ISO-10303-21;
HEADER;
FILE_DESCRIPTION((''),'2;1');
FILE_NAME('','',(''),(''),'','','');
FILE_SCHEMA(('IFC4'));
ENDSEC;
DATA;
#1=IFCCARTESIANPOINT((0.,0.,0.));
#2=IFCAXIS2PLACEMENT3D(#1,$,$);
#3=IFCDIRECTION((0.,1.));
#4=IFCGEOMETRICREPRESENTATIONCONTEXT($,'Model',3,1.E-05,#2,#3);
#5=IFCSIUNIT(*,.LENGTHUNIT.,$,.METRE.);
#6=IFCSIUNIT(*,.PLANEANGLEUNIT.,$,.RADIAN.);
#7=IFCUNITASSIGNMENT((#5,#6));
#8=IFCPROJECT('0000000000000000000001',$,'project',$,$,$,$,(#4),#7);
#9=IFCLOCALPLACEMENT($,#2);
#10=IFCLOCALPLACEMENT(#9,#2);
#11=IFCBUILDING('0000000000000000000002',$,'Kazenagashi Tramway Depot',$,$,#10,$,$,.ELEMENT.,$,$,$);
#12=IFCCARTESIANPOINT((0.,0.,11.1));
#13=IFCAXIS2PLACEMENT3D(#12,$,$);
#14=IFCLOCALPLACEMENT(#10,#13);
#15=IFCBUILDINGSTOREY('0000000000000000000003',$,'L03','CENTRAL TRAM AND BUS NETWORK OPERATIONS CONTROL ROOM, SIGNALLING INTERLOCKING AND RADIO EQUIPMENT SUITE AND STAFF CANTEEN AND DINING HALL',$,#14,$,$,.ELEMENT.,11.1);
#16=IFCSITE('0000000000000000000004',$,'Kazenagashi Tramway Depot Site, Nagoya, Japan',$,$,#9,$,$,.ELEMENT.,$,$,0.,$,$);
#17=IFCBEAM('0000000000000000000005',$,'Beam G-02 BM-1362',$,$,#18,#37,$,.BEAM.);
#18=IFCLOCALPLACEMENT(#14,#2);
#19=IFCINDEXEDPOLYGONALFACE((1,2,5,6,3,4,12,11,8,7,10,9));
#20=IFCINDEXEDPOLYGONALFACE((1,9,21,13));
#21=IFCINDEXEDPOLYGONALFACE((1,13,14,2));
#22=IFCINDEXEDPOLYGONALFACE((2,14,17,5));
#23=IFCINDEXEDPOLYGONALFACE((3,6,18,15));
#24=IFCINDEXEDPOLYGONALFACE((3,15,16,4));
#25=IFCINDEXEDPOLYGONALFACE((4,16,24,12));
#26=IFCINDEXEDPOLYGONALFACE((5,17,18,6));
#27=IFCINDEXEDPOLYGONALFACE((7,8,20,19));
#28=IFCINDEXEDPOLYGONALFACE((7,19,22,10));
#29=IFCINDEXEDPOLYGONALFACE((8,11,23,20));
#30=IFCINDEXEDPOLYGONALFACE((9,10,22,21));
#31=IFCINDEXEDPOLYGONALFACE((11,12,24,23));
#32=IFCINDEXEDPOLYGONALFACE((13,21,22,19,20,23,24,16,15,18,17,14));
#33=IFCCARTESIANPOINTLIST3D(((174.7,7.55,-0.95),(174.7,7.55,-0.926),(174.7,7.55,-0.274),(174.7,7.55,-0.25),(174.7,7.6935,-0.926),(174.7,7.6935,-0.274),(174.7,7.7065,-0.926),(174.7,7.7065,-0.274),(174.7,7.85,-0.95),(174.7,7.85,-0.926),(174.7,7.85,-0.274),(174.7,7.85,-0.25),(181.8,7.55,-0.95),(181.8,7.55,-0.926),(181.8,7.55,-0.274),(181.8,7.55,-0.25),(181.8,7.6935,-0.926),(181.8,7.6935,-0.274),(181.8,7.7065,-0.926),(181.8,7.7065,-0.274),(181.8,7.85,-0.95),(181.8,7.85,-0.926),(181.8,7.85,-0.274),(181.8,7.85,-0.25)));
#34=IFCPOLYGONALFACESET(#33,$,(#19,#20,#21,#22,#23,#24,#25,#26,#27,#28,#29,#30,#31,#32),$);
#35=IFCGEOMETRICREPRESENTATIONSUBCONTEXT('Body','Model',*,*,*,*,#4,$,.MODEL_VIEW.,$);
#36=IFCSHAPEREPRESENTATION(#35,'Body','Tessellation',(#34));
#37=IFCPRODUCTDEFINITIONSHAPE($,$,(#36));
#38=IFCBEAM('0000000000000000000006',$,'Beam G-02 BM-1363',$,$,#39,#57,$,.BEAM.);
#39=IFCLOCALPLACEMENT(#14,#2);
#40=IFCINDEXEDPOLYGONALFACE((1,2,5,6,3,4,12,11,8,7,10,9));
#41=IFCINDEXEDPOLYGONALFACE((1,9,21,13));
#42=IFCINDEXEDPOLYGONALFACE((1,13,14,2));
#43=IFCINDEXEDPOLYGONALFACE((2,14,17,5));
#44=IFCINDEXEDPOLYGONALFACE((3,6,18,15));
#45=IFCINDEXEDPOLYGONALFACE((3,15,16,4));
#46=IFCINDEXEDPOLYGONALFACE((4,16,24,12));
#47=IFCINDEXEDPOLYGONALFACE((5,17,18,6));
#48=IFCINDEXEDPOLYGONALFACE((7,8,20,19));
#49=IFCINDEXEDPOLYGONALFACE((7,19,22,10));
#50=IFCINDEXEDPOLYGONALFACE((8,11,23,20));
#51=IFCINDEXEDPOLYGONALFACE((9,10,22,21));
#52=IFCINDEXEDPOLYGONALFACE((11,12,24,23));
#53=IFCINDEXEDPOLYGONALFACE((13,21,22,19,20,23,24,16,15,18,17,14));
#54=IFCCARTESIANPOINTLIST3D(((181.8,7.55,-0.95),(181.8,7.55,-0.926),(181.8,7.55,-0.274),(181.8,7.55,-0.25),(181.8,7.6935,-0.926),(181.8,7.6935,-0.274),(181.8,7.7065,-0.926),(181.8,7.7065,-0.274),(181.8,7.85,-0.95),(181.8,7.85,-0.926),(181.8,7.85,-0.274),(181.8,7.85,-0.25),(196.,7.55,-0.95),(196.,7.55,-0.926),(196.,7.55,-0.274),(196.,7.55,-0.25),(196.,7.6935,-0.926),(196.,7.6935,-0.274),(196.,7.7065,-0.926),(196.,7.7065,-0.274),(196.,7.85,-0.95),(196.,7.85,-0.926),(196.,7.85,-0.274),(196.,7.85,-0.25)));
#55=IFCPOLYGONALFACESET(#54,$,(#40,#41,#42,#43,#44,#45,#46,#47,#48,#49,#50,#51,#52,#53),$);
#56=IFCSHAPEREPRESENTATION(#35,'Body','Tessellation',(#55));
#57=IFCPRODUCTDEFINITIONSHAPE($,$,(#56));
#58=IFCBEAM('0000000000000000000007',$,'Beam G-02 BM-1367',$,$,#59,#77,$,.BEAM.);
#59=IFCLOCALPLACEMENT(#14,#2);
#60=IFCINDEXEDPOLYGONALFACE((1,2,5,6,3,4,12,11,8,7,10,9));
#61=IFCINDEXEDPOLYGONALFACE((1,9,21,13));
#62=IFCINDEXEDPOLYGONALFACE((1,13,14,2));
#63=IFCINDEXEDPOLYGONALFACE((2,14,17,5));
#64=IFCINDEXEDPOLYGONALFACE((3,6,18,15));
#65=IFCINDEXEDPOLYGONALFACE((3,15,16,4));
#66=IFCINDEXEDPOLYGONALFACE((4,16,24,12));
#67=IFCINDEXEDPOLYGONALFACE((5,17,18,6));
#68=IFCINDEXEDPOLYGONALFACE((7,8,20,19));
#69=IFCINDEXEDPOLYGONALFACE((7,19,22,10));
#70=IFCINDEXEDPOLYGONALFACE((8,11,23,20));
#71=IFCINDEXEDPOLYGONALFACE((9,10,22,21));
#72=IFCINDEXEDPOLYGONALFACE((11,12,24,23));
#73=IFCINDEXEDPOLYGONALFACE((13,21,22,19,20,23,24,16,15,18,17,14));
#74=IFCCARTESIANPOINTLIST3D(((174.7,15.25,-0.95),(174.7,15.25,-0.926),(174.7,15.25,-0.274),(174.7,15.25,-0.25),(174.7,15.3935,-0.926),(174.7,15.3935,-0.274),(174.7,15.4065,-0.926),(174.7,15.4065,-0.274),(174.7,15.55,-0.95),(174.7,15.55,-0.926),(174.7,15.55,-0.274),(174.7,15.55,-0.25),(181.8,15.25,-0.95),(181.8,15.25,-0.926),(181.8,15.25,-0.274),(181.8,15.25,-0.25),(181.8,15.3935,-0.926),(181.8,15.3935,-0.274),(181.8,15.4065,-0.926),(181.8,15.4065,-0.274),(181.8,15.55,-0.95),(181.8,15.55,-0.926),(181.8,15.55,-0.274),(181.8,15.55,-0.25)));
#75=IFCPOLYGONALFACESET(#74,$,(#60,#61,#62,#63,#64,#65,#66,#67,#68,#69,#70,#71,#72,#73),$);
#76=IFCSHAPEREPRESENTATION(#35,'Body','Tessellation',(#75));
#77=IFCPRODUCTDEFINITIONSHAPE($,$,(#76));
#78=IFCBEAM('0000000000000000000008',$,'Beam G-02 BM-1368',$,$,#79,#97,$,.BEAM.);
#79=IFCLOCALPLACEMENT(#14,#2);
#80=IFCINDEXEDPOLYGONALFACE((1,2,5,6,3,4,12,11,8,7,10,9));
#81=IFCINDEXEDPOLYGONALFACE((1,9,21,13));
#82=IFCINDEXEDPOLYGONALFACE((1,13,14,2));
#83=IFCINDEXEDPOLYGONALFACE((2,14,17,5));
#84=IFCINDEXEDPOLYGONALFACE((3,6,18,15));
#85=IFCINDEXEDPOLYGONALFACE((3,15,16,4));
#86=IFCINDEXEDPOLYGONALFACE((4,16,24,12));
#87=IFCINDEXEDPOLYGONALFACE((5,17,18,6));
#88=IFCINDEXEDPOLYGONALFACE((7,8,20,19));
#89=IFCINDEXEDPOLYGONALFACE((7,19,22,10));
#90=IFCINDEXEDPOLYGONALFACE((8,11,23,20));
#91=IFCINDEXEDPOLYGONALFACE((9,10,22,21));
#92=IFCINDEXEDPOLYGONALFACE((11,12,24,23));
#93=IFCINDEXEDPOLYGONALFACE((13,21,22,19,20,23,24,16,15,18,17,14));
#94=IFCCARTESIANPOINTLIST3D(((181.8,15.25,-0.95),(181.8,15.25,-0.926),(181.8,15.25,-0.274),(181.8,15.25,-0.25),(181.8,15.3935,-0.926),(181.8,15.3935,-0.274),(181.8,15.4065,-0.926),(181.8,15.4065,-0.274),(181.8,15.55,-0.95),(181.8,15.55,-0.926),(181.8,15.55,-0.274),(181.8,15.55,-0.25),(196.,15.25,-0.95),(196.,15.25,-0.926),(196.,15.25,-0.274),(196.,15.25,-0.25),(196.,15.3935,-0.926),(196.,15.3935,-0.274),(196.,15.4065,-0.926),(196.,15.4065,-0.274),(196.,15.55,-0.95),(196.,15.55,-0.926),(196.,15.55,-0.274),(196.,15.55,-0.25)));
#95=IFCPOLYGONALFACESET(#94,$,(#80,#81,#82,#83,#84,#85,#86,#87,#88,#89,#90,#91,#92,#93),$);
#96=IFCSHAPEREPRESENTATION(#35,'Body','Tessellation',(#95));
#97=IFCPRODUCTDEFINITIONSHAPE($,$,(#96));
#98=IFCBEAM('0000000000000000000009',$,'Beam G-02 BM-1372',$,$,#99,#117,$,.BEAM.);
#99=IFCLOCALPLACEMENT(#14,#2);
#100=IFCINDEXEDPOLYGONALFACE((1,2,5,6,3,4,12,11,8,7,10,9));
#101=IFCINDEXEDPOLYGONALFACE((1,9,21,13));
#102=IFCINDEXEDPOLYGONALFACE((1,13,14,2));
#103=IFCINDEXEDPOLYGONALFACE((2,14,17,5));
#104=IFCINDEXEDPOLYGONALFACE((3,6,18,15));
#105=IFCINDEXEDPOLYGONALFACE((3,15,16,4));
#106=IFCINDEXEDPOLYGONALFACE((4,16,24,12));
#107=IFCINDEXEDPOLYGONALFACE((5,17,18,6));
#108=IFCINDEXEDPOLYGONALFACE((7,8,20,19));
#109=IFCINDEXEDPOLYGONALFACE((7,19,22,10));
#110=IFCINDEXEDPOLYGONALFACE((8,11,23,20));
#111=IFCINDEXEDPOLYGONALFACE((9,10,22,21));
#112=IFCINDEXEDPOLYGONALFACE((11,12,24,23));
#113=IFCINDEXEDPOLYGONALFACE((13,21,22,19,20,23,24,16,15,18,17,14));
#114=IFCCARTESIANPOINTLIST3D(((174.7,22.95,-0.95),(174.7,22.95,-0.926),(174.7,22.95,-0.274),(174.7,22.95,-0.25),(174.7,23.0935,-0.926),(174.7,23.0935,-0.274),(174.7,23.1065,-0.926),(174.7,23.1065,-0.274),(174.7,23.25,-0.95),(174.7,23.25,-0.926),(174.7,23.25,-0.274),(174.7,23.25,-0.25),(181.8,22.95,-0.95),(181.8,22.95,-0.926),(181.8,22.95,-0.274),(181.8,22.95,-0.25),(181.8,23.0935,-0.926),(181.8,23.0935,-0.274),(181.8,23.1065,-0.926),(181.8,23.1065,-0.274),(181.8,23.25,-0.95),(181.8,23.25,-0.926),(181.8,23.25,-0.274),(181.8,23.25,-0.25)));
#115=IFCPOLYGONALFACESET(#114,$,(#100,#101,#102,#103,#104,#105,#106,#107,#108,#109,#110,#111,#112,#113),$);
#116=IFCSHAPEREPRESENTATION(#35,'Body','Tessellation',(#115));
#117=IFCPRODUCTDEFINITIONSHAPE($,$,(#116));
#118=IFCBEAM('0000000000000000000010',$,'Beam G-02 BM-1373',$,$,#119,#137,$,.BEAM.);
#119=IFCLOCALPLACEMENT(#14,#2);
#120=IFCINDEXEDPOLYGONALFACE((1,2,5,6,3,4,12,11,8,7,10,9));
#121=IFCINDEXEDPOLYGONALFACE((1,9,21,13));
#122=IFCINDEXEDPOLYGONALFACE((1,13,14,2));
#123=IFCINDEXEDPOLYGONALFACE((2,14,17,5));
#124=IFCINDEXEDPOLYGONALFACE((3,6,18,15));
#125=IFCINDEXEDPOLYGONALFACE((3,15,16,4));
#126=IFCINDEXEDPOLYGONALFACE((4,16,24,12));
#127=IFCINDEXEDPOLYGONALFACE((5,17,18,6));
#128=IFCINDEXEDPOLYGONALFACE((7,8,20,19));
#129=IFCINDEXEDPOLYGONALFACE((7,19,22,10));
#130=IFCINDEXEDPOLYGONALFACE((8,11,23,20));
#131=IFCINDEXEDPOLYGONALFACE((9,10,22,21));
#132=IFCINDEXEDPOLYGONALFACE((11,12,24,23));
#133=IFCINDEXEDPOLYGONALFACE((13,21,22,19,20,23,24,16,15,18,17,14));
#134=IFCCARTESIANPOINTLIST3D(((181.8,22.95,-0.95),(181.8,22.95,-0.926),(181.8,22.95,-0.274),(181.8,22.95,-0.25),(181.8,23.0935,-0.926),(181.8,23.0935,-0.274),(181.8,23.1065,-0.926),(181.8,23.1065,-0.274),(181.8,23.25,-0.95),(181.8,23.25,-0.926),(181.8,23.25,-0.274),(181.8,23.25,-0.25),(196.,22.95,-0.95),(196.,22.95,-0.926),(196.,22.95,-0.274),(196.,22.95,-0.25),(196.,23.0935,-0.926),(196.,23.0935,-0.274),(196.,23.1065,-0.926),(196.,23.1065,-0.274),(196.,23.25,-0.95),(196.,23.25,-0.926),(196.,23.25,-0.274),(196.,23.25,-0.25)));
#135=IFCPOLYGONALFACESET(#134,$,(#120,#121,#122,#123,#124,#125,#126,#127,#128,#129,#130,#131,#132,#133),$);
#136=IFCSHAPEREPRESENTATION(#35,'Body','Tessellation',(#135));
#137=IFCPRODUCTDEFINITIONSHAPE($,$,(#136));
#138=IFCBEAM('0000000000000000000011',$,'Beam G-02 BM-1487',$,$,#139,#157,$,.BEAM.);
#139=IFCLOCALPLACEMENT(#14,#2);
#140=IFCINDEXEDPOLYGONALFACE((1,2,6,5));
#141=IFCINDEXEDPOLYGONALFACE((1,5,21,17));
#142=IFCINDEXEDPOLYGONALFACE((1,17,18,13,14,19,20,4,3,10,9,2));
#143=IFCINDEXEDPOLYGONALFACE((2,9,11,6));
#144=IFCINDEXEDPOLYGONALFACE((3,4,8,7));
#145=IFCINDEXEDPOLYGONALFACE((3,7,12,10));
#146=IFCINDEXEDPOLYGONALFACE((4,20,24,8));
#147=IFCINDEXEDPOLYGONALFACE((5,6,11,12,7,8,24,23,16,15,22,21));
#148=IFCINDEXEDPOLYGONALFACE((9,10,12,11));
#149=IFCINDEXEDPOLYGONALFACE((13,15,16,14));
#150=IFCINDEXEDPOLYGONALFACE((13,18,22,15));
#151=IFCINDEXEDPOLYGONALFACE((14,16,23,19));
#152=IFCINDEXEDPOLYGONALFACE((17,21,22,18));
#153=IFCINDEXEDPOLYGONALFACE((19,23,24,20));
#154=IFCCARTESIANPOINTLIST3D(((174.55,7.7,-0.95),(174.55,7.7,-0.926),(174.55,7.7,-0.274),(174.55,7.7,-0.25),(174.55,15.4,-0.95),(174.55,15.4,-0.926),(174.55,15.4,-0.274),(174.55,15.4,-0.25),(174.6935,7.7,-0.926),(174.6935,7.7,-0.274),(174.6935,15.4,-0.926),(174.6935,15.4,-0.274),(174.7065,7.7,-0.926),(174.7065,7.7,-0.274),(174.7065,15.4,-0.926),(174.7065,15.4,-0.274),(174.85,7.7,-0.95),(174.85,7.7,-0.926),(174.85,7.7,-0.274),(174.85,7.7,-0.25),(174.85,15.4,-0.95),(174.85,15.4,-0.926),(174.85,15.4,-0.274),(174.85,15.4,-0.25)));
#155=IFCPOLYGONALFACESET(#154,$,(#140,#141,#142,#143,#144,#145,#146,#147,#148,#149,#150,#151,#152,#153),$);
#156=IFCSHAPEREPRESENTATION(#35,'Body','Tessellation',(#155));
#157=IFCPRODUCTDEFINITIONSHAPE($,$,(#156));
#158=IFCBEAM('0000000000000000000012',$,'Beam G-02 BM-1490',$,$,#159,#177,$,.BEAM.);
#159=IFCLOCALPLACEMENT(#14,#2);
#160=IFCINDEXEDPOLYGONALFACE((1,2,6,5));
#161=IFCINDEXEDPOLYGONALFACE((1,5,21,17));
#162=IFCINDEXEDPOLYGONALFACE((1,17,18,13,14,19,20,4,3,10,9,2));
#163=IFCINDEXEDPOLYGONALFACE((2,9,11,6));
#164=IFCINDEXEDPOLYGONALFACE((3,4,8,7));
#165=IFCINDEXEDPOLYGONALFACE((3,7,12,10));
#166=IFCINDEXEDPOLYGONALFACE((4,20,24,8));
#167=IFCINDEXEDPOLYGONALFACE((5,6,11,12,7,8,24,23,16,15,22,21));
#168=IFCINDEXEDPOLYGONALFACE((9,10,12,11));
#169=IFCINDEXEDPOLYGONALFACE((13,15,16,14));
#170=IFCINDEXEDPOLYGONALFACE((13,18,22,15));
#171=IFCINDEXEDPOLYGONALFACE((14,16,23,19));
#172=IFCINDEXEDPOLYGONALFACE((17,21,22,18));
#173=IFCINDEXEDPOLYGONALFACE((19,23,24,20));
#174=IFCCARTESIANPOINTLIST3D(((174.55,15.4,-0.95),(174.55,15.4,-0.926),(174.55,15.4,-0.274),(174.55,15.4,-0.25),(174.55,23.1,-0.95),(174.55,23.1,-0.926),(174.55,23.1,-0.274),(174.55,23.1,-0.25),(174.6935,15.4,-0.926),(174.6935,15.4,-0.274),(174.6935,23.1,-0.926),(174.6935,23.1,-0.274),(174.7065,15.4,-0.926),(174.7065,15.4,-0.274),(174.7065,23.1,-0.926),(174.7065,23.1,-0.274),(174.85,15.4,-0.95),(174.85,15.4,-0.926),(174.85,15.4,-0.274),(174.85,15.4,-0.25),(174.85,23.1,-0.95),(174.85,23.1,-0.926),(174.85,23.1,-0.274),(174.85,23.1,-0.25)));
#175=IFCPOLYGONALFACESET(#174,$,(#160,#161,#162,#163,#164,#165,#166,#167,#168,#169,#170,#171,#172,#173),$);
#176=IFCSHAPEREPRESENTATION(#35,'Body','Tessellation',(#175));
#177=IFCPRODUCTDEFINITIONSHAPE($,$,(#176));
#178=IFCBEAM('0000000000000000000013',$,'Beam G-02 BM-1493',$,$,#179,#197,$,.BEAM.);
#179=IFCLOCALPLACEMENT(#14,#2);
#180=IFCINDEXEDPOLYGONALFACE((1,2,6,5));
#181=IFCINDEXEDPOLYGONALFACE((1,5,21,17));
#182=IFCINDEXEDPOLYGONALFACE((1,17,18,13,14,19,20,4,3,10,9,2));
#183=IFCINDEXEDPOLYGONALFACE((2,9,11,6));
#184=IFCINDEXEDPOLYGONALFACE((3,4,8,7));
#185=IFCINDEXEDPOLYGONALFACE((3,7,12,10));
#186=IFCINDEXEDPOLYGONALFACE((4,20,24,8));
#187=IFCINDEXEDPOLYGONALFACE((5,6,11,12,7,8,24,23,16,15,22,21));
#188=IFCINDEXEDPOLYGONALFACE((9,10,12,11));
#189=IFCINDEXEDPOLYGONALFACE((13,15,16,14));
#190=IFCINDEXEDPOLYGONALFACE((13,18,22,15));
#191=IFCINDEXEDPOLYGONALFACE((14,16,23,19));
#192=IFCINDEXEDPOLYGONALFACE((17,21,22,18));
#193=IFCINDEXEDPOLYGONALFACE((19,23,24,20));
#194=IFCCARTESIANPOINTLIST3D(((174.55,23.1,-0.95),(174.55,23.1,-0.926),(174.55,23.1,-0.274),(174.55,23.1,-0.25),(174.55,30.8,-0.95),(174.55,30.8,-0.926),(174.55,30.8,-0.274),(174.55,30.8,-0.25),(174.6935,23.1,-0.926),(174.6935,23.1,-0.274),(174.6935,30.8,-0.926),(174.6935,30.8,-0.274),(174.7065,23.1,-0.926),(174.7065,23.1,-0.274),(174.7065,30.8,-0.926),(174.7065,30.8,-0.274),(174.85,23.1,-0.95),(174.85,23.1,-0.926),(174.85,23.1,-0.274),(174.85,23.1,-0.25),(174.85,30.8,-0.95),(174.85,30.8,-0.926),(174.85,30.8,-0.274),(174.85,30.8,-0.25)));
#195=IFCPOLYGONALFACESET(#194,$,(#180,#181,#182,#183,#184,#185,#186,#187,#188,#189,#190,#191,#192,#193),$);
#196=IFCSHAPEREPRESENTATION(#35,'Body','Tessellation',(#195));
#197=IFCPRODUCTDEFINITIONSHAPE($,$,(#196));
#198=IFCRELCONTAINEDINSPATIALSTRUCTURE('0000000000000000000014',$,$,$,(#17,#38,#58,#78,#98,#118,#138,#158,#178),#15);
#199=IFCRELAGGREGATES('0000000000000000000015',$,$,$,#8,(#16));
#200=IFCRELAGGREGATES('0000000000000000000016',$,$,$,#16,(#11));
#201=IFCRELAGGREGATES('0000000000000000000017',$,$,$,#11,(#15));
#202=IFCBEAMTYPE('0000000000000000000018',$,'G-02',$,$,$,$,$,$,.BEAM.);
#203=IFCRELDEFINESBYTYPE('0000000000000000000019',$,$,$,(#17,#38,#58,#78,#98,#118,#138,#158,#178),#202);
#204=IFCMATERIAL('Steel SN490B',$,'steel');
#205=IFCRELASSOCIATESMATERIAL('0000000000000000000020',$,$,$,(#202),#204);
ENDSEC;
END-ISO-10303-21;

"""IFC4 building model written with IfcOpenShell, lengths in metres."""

from ifc_helpers import new_model, si_unit, direction, frame, origin, origin_2d, place, context, subcontext, project, spatial, i_section, extrude, material, material_profile, profile_set, type_object, element, save


model = new_model("IFC4")

# Units and contexts
model_context = context("Model", 3, precision=1e-05, world=origin(), true_north=direction((0.0, 1.0)))
body_context = subcontext(model_context, "Body", "Model", "MODEL_VIEW")
ifc_project = project(units=[si_unit("LENGTHUNIT", "METRE"), si_unit("PLANEANGLEUNIT", "RADIAN")], contexts=[model_context])

# Site, building, storey
site_placement = place(None, origin())
site = spatial("IfcSite", under=ifc_project, at=site_placement, Name="Kazenagashi Tramway Depot Site, Nagoya, Japan", CompositionType="ELEMENT", RefElevation=0.0)
building_placement = place(site_placement, origin())
building = spatial("IfcBuilding", under=site, at=building_placement, Name="Kazenagashi Tramway Depot", CompositionType="ELEMENT")
storey_placement = place(building_placement, frame((0.0, 0.0, 11.1)))
storey = spatial("IfcBuildingStorey", under=building, at=storey_placement, Name="L03", Description="CENTRAL TRAM AND BUS NETWORK OPERATIONS CONTROL ROOM, SIGNALLING INTERLOCKING AND RADIO EQUIPMENT SUITE AND STAFF CANTEEN AND DINING HALL", CompositionType="ELEMENT", Elevation=11.1)

# Beams
ifc_material_1 = material(Name="Steel SN490B", Category="steel")
ifc_material_profile_1 = material_profile(ifc_material_1, i_section(OverallWidth=0.3, OverallDepth=0.7, WebThickness=0.013, FlangeThickness=0.024, at=origin_2d()), Name="H-700x300x13x24")
ifc_profile_set_1 = profile_set([ifc_material_profile_1], Name="Steel SN490B")
beam_type_1 = type_object("IfcBeamType", Name="G-02", PredefinedType="BEAM", material=ifc_profile_set_1)
beam_1_placement = place(storey_placement, frame((174.7, 7.7, -0.6), z_axis=(1.0, 0.0, 0.0), x_axis=(0.0, 1.0, 0.0)))
element("IfcBeam", 1, at=beam_1_placement, inside=storey, type_object=beam_type_1, Name="Beam G-02 BM-1362", PredefinedType="BEAM", context=body_context, shape_type="SweptSolid", body=[
    extrude(i_section(OverallWidth=0.3, OverallDepth=0.7, WebThickness=0.013, FlangeThickness=0.024, at=origin_2d()), origin(), (0.0, 0.0, 1.0), 7.1),
])
beam_2_placement = place(storey_placement, frame((181.8, 7.7, -0.6), z_axis=(1.0, 0.0, 0.0), x_axis=(0.0, 1.0, 0.0)))
element("IfcBeam", 2, at=beam_2_placement, inside=storey, type_object=beam_type_1, Name="Beam G-02 BM-1363", PredefinedType="BEAM", context=body_context, shape_type="SweptSolid", body=[
    extrude(i_section(OverallWidth=0.3, OverallDepth=0.7, WebThickness=0.013, FlangeThickness=0.024, at=origin_2d()), origin(), (0.0, 0.0, 1.0), 14.2),
])
beam_3_placement = place(storey_placement, frame((174.7, 15.4, -0.6), z_axis=(1.0, 0.0, 0.0), x_axis=(0.0, 1.0, 0.0)))
element("IfcBeam", 3, at=beam_3_placement, inside=storey, type_object=beam_type_1, Name="Beam G-02 BM-1367", PredefinedType="BEAM", context=body_context, shape_type="SweptSolid", body=[
    extrude(i_section(OverallWidth=0.3, OverallDepth=0.7, WebThickness=0.013, FlangeThickness=0.024, at=origin_2d()), origin(), (0.0, 0.0, 1.0), 7.1),
])
beam_4_placement = place(storey_placement, frame((181.8, 15.4, -0.6), z_axis=(1.0, 0.0, 0.0), x_axis=(0.0, 1.0, 0.0)))
element("IfcBeam", 4, at=beam_4_placement, inside=storey, type_object=beam_type_1, Name="Beam G-02 BM-1368", PredefinedType="BEAM", context=body_context, shape_type="SweptSolid", body=[
    extrude(i_section(OverallWidth=0.3, OverallDepth=0.7, WebThickness=0.013, FlangeThickness=0.024, at=origin_2d()), origin(), (0.0, 0.0, 1.0), 14.2),
])
beam_5_placement = place(storey_placement, frame((174.7, 23.1, -0.6), z_axis=(1.0, 0.0, 0.0), x_axis=(0.0, 1.0, 0.0)))
element("IfcBeam", 5, at=beam_5_placement, inside=storey, type_object=beam_type_1, Name="Beam G-02 BM-1372", PredefinedType="BEAM", context=body_context, shape_type="SweptSolid", body=[
    extrude(i_section(OverallWidth=0.3, OverallDepth=0.7, WebThickness=0.013, FlangeThickness=0.024, at=origin_2d()), origin(), (0.0, 0.0, 1.0), 7.1),
])
beam_6_placement = place(storey_placement, frame((181.8, 23.1, -0.6), z_axis=(1.0, 0.0, 0.0), x_axis=(0.0, 1.0, 0.0)))
element("IfcBeam", 6, at=beam_6_placement, inside=storey, type_object=beam_type_1, Name="Beam G-02 BM-1373", PredefinedType="BEAM", context=body_context, shape_type="SweptSolid", body=[
    extrude(i_section(OverallWidth=0.3, OverallDepth=0.7, WebThickness=0.013, FlangeThickness=0.024, at=origin_2d()), origin(), (0.0, 0.0, 1.0), 14.2),
])
for number, where, z_axis, x_axis, name in (
    (7, (174.7, 7.7, -0.6), (0.0, 1.0, 0.0), (-1.0, 0.0, 0.0), "Beam G-02 BM-1487"),
    (8, (174.7, 15.4, -0.6), (0.0, 1.0, 0.0), (-1.0, 0.0, 0.0), "Beam G-02 BM-1490"),
    (9, (174.7, 23.1, -0.6), (0.0, 1.0, 0.0), (-1.0, 0.0, 0.0), "Beam G-02 BM-1493"),
):
    element("IfcBeam", number, at=place(storey_placement, frame(where, z_axis=z_axis, x_axis=x_axis)), inside=storey, type_object=beam_type_1, Name=name, PredefinedType="BEAM", context=body_context, shape_type="SweptSolid", body=[
        extrude(i_section(OverallWidth=0.3, OverallDepth=0.7, WebThickness=0.013, FlangeThickness=0.024, at=origin_2d()), origin(), (0.0, 0.0, 1.0), 7.7),
    ])

save(model, "model.ifc")
